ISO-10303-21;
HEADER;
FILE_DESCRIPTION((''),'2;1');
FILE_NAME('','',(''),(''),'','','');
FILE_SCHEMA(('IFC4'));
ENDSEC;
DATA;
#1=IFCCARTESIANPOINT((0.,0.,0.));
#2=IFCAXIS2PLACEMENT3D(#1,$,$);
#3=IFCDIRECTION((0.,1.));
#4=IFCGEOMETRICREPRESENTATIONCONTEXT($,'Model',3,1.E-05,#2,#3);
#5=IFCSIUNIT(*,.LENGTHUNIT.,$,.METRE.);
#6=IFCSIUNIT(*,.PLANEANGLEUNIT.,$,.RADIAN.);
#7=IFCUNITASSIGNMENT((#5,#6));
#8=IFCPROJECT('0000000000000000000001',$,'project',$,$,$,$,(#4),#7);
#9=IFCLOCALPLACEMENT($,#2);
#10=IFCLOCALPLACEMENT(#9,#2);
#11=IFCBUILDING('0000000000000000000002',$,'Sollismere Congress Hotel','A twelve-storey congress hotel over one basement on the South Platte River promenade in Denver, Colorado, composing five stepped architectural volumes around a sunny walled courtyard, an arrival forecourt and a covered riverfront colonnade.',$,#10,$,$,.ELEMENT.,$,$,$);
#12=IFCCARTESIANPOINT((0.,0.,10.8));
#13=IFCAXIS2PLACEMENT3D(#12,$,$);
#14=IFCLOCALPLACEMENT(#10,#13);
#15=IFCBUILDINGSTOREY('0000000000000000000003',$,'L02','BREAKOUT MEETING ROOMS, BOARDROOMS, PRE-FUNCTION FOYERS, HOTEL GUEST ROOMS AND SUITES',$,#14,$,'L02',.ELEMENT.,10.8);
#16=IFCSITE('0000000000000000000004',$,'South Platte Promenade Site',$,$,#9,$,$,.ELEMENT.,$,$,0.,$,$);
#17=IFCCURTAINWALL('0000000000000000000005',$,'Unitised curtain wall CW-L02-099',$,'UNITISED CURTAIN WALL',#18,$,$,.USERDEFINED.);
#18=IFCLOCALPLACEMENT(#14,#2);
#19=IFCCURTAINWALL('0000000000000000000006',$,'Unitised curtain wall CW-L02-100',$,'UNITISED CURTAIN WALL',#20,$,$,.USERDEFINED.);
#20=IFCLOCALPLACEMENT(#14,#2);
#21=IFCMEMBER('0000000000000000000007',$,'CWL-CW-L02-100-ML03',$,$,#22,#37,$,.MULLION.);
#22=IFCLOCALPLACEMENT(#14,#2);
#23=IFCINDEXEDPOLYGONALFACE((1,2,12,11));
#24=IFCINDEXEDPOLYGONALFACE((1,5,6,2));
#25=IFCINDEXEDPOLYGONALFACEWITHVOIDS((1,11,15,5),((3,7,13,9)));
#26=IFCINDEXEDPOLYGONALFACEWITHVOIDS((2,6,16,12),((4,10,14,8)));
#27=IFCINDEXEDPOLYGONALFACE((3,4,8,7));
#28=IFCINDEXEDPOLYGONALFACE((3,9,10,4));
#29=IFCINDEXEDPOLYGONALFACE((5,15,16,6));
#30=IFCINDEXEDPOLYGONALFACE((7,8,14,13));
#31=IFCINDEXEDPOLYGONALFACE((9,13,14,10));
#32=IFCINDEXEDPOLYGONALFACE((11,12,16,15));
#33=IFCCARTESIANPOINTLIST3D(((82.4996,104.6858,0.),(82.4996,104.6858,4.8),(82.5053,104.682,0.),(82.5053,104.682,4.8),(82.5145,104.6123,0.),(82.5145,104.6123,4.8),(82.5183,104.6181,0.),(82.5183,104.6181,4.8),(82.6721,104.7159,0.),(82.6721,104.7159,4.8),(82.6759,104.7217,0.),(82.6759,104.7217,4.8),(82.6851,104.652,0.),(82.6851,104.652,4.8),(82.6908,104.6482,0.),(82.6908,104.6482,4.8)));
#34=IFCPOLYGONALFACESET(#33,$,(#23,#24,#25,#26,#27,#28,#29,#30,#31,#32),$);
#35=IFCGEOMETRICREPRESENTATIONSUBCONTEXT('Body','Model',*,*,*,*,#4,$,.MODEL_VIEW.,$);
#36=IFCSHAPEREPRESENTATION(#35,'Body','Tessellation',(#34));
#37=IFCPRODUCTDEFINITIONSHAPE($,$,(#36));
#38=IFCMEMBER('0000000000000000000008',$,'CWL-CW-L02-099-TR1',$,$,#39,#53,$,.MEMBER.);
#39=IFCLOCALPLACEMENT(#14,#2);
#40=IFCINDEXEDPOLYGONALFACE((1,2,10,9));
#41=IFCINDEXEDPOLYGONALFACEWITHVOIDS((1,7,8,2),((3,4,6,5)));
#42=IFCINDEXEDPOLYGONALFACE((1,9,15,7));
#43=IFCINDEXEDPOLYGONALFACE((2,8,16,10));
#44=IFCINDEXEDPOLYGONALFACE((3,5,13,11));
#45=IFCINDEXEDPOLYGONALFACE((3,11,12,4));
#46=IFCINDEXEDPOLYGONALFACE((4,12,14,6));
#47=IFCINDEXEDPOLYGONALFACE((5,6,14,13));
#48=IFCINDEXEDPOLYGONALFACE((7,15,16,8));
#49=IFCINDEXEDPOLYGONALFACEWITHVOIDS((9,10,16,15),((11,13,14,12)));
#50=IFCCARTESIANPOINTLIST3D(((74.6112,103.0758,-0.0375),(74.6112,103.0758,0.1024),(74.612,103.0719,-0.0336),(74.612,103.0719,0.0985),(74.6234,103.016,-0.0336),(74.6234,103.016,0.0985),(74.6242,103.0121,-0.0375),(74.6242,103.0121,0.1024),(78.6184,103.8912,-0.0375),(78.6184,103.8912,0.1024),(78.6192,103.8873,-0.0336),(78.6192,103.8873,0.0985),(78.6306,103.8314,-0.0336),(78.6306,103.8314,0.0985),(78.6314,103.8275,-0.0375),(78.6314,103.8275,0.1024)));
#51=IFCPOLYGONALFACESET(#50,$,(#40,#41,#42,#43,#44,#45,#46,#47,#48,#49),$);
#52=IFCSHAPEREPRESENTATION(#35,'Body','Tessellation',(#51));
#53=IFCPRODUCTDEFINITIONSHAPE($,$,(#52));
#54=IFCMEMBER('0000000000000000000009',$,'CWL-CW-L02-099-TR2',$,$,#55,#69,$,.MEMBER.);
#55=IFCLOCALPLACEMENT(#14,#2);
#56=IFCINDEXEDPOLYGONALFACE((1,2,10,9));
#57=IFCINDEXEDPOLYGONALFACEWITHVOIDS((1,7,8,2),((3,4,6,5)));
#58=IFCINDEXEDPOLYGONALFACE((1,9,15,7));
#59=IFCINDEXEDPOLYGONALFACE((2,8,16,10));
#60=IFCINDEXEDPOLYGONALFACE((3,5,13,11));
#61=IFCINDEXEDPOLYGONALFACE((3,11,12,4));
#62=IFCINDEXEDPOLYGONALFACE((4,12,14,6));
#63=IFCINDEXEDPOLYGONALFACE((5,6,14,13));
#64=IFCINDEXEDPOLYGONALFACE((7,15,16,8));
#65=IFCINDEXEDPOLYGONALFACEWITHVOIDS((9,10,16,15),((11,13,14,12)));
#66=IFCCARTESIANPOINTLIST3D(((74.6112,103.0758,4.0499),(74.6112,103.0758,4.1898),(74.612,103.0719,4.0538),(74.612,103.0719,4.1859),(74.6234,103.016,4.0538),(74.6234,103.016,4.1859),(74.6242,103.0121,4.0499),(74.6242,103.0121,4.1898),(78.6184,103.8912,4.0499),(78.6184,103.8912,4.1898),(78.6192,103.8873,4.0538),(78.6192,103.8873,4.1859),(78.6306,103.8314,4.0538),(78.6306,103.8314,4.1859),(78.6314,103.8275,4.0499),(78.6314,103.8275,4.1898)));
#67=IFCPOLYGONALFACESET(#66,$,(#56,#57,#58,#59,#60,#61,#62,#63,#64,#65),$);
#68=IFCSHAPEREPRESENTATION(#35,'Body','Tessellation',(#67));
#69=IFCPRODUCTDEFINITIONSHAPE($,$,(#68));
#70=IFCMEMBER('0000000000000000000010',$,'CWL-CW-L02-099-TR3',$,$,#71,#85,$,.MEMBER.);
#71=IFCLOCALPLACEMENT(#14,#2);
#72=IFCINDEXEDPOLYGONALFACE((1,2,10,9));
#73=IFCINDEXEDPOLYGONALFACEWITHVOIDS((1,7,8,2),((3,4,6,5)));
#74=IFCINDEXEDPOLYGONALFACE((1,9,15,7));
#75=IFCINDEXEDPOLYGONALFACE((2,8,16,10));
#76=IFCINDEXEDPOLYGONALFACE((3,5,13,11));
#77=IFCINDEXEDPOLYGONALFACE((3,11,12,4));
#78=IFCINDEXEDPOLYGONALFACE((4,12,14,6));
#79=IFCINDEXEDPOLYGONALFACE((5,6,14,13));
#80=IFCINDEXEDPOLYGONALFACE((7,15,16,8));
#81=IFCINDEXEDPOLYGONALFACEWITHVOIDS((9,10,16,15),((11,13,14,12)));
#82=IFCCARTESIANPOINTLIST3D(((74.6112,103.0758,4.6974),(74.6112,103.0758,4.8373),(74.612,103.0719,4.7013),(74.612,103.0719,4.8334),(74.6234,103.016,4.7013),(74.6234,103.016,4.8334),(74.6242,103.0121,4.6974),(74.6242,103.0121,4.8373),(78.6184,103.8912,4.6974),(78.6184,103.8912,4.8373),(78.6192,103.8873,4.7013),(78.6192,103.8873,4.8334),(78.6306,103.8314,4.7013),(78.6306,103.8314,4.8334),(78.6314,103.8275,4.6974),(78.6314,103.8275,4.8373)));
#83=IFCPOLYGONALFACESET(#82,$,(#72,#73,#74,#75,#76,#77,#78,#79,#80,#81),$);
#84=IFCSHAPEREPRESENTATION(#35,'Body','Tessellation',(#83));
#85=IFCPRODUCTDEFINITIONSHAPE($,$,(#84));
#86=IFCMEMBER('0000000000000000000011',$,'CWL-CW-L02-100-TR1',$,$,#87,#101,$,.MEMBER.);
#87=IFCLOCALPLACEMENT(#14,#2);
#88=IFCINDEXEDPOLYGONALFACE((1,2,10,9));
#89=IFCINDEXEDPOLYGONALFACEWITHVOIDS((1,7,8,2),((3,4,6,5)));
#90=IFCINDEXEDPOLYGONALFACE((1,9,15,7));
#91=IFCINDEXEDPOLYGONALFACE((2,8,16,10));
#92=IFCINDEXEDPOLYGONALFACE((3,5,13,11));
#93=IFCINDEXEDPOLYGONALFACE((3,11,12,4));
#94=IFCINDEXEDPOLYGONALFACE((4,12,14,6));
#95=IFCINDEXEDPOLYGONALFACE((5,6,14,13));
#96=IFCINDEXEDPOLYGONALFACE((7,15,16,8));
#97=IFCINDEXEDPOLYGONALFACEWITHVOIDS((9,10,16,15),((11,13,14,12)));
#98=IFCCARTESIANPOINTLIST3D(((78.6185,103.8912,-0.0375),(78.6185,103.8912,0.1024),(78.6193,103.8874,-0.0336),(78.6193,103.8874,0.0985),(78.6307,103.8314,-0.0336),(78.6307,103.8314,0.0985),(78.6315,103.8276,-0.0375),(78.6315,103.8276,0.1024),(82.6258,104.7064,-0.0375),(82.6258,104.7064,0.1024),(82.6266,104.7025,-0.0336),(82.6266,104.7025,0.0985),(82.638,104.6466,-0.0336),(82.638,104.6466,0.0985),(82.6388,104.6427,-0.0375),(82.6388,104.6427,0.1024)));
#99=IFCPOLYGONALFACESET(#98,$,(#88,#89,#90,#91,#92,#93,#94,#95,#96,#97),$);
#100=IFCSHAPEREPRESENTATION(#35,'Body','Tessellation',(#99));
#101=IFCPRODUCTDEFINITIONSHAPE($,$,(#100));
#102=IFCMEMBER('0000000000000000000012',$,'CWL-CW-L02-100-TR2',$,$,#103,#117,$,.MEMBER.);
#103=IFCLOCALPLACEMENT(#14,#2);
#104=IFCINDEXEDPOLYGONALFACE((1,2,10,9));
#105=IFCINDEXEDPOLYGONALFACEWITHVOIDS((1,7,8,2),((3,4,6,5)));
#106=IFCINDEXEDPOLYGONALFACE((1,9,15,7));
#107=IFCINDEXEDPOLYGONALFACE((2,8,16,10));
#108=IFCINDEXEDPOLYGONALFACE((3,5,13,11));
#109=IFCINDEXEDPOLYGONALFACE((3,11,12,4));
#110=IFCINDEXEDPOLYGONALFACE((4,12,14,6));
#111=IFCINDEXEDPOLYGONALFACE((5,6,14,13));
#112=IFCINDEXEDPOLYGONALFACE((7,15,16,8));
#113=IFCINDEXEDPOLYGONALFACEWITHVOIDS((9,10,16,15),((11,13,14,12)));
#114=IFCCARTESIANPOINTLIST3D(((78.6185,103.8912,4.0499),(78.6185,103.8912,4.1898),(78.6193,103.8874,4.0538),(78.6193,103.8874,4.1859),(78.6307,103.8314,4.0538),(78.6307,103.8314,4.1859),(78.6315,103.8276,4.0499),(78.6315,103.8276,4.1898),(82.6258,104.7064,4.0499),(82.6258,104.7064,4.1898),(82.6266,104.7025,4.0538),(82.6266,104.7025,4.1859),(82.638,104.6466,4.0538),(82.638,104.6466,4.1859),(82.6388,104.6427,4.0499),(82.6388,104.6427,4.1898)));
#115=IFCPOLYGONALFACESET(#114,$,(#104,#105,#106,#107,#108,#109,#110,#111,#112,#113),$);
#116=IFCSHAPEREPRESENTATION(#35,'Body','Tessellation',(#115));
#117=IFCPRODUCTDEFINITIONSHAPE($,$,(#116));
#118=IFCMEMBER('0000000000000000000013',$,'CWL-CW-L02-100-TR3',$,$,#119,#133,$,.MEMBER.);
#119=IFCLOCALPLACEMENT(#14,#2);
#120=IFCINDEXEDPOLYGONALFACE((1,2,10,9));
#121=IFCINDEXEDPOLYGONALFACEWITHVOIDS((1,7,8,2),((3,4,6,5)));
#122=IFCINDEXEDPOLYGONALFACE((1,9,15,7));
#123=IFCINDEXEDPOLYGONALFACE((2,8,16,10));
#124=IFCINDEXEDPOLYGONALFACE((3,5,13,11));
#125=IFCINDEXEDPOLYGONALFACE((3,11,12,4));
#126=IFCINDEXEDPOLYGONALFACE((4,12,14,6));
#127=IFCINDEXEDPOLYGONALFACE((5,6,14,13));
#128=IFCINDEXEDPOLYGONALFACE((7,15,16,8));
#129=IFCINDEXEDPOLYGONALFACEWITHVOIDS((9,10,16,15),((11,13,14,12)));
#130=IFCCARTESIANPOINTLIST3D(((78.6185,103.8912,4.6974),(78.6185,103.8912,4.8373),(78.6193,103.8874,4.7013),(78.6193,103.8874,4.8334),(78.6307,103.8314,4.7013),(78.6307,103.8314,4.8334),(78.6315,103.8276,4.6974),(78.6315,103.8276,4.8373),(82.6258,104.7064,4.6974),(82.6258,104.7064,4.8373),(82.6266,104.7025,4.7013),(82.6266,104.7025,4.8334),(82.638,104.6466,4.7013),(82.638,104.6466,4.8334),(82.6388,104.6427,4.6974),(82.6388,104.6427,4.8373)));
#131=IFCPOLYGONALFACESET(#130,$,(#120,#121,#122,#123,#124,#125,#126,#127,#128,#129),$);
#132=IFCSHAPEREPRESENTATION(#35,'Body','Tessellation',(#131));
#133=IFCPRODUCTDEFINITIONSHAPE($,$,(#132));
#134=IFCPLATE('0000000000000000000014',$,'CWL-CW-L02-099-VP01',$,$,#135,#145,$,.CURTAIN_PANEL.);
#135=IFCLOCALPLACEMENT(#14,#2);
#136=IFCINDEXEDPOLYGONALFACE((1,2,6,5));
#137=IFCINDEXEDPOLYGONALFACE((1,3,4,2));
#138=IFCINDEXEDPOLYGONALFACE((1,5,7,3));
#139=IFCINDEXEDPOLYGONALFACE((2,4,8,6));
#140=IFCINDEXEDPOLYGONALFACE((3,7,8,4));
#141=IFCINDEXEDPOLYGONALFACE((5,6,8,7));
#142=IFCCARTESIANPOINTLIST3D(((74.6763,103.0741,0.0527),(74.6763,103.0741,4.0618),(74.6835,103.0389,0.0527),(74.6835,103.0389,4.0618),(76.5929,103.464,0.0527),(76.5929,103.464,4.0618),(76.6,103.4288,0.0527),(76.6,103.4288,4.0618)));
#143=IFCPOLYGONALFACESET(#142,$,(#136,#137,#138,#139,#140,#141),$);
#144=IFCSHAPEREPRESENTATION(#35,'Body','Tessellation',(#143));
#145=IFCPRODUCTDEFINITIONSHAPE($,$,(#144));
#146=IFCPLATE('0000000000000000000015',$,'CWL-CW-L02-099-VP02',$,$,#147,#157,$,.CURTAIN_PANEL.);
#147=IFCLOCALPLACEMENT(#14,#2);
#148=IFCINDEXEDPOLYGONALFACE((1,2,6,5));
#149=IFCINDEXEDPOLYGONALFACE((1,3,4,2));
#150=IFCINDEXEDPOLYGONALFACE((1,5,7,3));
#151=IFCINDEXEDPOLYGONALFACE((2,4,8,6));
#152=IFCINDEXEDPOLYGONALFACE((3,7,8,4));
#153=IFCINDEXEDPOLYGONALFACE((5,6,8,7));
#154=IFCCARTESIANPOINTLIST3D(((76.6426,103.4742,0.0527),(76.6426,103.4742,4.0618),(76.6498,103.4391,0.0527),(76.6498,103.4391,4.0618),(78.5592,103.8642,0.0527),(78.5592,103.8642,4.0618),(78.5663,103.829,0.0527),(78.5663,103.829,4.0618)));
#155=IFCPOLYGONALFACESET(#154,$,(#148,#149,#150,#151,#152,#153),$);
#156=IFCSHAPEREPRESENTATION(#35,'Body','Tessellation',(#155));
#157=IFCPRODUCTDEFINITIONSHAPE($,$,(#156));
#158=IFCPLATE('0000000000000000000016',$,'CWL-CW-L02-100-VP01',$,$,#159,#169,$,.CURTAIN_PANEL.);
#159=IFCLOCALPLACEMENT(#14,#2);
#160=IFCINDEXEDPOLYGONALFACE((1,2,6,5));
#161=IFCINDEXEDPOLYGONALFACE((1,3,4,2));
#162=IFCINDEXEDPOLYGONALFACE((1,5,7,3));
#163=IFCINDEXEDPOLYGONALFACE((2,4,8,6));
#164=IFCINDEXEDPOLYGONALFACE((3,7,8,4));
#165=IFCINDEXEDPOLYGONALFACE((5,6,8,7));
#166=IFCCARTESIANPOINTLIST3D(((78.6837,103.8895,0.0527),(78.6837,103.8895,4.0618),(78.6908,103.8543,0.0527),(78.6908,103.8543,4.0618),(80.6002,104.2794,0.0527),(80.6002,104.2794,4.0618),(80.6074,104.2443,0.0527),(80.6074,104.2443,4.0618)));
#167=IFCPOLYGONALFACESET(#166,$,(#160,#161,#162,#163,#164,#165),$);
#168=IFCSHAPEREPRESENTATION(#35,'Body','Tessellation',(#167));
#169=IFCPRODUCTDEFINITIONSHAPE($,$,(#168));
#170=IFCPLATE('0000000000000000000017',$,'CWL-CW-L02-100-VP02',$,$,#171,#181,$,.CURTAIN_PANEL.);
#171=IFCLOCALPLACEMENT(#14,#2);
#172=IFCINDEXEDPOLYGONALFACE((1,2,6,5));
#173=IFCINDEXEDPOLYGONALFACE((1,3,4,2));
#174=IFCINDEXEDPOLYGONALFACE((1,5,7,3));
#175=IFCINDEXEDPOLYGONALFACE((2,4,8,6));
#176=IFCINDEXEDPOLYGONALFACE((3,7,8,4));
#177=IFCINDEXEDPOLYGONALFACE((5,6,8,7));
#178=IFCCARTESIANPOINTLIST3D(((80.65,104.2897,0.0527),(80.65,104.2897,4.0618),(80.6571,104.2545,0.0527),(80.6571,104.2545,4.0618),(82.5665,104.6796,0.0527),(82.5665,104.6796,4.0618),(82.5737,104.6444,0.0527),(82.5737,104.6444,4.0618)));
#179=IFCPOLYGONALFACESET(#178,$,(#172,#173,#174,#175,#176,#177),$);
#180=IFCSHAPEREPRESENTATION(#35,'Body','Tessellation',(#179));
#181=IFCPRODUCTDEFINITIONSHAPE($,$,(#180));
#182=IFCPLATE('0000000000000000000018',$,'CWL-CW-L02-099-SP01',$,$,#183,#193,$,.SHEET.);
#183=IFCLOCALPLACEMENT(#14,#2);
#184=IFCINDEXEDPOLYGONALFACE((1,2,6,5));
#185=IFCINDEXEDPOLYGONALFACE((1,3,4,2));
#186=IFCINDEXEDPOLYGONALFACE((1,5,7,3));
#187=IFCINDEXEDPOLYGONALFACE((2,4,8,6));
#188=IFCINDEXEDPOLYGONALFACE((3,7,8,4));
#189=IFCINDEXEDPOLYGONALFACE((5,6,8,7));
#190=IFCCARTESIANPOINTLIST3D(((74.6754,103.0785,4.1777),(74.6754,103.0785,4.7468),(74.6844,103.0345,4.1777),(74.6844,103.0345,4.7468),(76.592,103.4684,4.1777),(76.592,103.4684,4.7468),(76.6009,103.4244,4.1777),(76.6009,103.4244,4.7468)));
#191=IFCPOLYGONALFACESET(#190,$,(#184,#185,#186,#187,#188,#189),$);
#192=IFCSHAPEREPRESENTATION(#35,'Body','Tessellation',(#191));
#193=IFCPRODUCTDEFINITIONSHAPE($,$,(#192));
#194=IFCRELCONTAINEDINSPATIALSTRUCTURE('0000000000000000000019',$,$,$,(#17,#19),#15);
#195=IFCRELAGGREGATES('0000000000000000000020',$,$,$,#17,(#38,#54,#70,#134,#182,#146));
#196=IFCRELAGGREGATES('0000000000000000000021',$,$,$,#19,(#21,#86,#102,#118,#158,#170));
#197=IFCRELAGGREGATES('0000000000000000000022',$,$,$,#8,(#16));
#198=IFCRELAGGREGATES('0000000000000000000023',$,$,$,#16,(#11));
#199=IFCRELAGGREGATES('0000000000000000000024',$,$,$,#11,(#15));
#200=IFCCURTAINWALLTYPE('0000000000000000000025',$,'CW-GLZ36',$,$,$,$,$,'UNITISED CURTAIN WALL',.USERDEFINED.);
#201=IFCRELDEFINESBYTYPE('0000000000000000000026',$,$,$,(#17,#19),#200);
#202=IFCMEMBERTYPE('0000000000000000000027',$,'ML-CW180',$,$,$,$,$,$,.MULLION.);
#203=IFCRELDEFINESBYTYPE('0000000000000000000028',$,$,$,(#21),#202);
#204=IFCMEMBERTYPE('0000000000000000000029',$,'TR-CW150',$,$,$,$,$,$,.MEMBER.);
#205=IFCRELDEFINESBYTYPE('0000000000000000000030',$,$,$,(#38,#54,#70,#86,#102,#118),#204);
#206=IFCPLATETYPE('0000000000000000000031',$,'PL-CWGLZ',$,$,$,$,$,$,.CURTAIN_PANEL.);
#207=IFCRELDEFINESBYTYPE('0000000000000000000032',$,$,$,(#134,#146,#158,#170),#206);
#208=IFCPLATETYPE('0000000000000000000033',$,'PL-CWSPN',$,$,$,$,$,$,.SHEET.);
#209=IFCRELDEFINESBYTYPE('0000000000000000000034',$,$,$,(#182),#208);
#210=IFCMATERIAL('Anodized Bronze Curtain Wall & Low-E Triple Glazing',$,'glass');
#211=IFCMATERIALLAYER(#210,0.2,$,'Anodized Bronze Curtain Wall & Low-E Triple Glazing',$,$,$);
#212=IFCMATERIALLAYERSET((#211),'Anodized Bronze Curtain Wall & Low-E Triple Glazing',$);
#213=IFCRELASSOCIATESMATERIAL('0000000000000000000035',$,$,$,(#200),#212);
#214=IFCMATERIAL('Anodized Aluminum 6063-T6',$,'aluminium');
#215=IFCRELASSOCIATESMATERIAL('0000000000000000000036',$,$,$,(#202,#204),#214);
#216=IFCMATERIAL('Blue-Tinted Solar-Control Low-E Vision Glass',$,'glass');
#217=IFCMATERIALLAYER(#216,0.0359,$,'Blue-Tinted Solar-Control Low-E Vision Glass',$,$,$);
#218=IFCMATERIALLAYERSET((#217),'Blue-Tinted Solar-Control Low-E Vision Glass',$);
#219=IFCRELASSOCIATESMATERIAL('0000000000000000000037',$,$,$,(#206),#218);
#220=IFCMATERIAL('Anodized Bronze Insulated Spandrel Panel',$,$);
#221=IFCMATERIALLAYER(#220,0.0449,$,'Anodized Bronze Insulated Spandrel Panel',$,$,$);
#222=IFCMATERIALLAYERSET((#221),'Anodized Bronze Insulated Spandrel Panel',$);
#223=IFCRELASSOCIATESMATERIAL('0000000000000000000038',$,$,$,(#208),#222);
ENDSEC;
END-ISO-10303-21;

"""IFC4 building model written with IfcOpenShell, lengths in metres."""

from ifc_helpers import new_model, si_unit, direction, frame, origin, origin_2d, place, context, subcontext, project, spatial, rectangle, hollow_rectangle, extrude, material, layer, layer_set, material_profile, profile_set, type_object, element, aggregate, save


model = new_model("IFC4")

# Units and contexts
model_context = context("Model", 3, precision=1e-05, world=origin(), true_north=direction((0.0, 1.0)))
body_context = subcontext(model_context, "Body", "Model", "MODEL_VIEW")
ifc_project = project(units=[si_unit("LENGTHUNIT", "METRE"), si_unit("PLANEANGLEUNIT", "RADIAN")], contexts=[model_context])

# Site, building, storey
site_placement = place(None, origin())
site = spatial("IfcSite", under=ifc_project, at=site_placement, Name="South Platte Promenade Site", CompositionType="ELEMENT", RefElevation=0.0)
building_placement = place(site_placement, origin())
building = spatial("IfcBuilding", under=site, at=building_placement, Name="Sollismere Congress Hotel", Description="A twelve-storey congress hotel over one basement on the South Platte River promenade in Denver, Colorado, composing five stepped architectural volumes around a sunny walled courtyard, an arrival forecourt and a covered riverfront colonnade.", CompositionType="ELEMENT")
storey_placement = place(building_placement, frame((0.0, 0.0, 10.8)))
storey = spatial("IfcBuildingStorey", under=building, at=storey_placement, Name="L02", Description="BREAKOUT MEETING ROOMS, BOARDROOMS, PRE-FUNCTION FOYERS, HOTEL GUEST ROOMS AND SUITES", LongName="L02", CompositionType="ELEMENT", Elevation=10.8)

# Curtain walls, member
ifc_material_1 = material(Name="Anodized Bronze Curtain Wall & Low-E Triple Glazing", Category="glass")
ifc_layer_1 = layer(ifc_material_1, 0.2, Name="Anodized Bronze Curtain Wall & Low-E Triple Glazing")
ifc_layer_set_1 = layer_set([ifc_layer_1], Name="Anodized Bronze Curtain Wall & Low-E Triple Glazing")
curtain_wall_type = type_object("IfcCurtainWallType", Name="CW-GLZ36", ElementType="UNITISED CURTAIN WALL", PredefinedType="USERDEFINED", material=ifc_layer_set_1)
curtain_wall_1_placement = place(storey_placement, origin())
curtain_wall_1 = element("IfcCurtainWall", 1, at=curtain_wall_1_placement, inside=storey, type_object=curtain_wall_type, Name="Unitised curtain wall CW-L02-099", ObjectType="UNITISED CURTAIN WALL", PredefinedType="USERDEFINED")
ifc_material_2 = material(Name="Anodized Aluminum 6063-T6", Category="aluminium")
ifc_material_profile_1 = material_profile(ifc_material_2, hollow_rectangle(XDim=0.075, YDim=0.1799, WallThickness=0.0049, at=origin_2d()), Name="ALU180X75X5")
ifc_profile_set_1 = profile_set([ifc_material_profile_1], Name="Anodized Aluminum 6063-T6")
member_type_1 = type_object("IfcMemberType", Name="ML-CW180", PredefinedType="MULLION", material=ifc_profile_set_1)
curtain_wall_2_placement = place(storey_placement, origin())
curtain_wall_2 = element("IfcCurtainWall", 2, at=curtain_wall_2_placement, inside=storey, type_object=curtain_wall_type, Name="Unitised curtain wall CW-L02-100", ObjectType="UNITISED CURTAIN WALL", PredefinedType="USERDEFINED")
member_1_placement = place(storey_placement, frame((82.5952, 104.667, 0.0), z_axis=(0.0, 0.0, 1.0), x_axis=(-0.199368, 0.979925, 0.0)))
member_1 = element("IfcMember", 3, at=member_1_placement, type_object=member_type_1, Name="CWL-CW-L02-100-ML03", PredefinedType="MULLION", context=body_context, shape_type="SweptSolid", body=[
    extrude(hollow_rectangle(XDim=0.075, YDim=0.1799, WallThickness=0.0049, at=origin_2d()), origin(), (0.0, 0.0, 1.0), 4.8),
])

# Members
ifc_material_profile_2 = material_profile(ifc_material_2, hollow_rectangle(XDim=0.0649, YDim=0.1399, WallThickness=0.0039, at=origin_2d()), Name="ALU140X65X4")
ifc_profile_set_2 = profile_set([ifc_material_profile_2], Name="Anodized Aluminum 6063-T6")
member_type_2 = type_object("IfcMemberType", Name="TR-CW150", PredefinedType="MEMBER", material=ifc_profile_set_2)
member_2_placement = place(storey_placement, frame((74.6177, 103.0439, 0.0325), z_axis=(0.979918, 0.199399, 0.0), x_axis=(-0.199399, 0.979918, 0.0)))
member_2 = element("IfcMember", 4, at=member_2_placement, type_object=member_type_2, Name="CWL-CW-L02-099-TR1", PredefinedType="MEMBER", context=body_context, shape_type="SweptSolid", body=[
    extrude(hollow_rectangle(XDim=0.0649, YDim=0.1399, WallThickness=0.0039, at=origin_2d()), origin(), (0.0, 0.0, 1.0), 4.0894),
])
member_3_placement = place(storey_placement, frame((74.6177, 103.0439, 4.1199), z_axis=(0.979918, 0.199399, 0.0), x_axis=(-0.199399, 0.979918, 0.0)))
member_3 = element("IfcMember", 5, at=member_3_placement, type_object=member_type_2, Name="CWL-CW-L02-099-TR2", PredefinedType="MEMBER", context=body_context, shape_type="SweptSolid", body=[
    extrude(hollow_rectangle(XDim=0.0649, YDim=0.1399, WallThickness=0.0039, at=origin_2d()), origin(), (0.0, 0.0, 1.0), 4.0894),
])
member_4_placement = place(storey_placement, frame((74.6177, 103.0439, 4.7673), z_axis=(0.979918, 0.199399, 0.0), x_axis=(-0.199399, 0.979918, 0.0)))
member_4 = element("IfcMember", 6, at=member_4_placement, type_object=member_type_2, Name="CWL-CW-L02-099-TR3", PredefinedType="MEMBER", context=body_context, shape_type="SweptSolid", body=[
    extrude(hollow_rectangle(XDim=0.0649, YDim=0.1399, WallThickness=0.0039, at=origin_2d()), origin(), (0.0, 0.0, 1.0), 4.0894),
])
member_5_placement = place(storey_placement, frame((78.625, 103.8594, 0.0325), z_axis=(0.97993, 0.199341, 0.0), x_axis=(-0.199341, 0.97993, 0.0)))
member_5 = element("IfcMember", 7, at=member_5_placement, type_object=member_type_2, Name="CWL-CW-L02-100-TR1", PredefinedType="MEMBER", context=body_context, shape_type="SweptSolid", body=[
    extrude(hollow_rectangle(XDim=0.0649, YDim=0.1399, WallThickness=0.0039, at=origin_2d()), origin(), (0.0, 0.0, 1.0), 4.0894),
])
member_6_placement = place(storey_placement, frame((78.625, 103.8594, 4.1199), z_axis=(0.97993, 0.199341, 0.0), x_axis=(-0.199341, 0.97993, 0.0)))
member_6 = element("IfcMember", 8, at=member_6_placement, type_object=member_type_2, Name="CWL-CW-L02-100-TR2", PredefinedType="MEMBER", context=body_context, shape_type="SweptSolid", body=[
    extrude(hollow_rectangle(XDim=0.0649, YDim=0.1399, WallThickness=0.0039, at=origin_2d()), origin(), (0.0, 0.0, 1.0), 4.0894),
])
member_7_placement = place(storey_placement, frame((78.625, 103.8594, 4.7673), z_axis=(0.97993, 0.199341, 0.0), x_axis=(-0.199341, 0.97993, 0.0)))
member_7 = element("IfcMember", 9, at=member_7_placement, type_object=member_type_2, Name="CWL-CW-L02-100-TR3", PredefinedType="MEMBER", context=body_context, shape_type="SweptSolid", body=[
    extrude(hollow_rectangle(XDim=0.0649, YDim=0.1399, WallThickness=0.0039, at=origin_2d()), origin(), (0.0, 0.0, 1.0), 4.0894),
])

# Plates
ifc_material_3 = material(Name="Blue-Tinted Solar-Control Low-E Vision Glass", Category="glass")
ifc_layer_2 = layer(ifc_material_3, 0.0359, Name="Blue-Tinted Solar-Control Low-E Vision Glass")
ifc_layer_set_2 = layer_set([ifc_layer_2], Name="Blue-Tinted Solar-Control Low-E Vision Glass")
plate_type_1 = type_object("IfcPlateType", Name="PL-CWGLZ", PredefinedType="CURTAIN_PANEL", material=ifc_layer_set_2)
plate_1_placement = place(storey_placement, frame((75.6382, 103.2515, 0.0527), z_axis=(0.0, 0.0, 1.0), x_axis=(0.979925, 0.199368, 0.0)))
plate_1 = element("IfcPlate", 10, at=plate_1_placement, type_object=plate_type_1, Name="CWL-CW-L02-099-VP01", PredefinedType="CURTAIN_PANEL", context=body_context, shape_type="SweptSolid", body=[
    extrude(rectangle(XDim=1.9558, YDim=0.0359, at=origin_2d()), origin(), (0.0, 0.0, 1.0), 4.009),
])
plate_2_placement = place(storey_placement, frame((77.6045, 103.6516, 0.0527), z_axis=(0.0, 0.0, 1.0), x_axis=(0.979925, 0.199368, 0.0)))
plate_2 = element("IfcPlate", 11, at=plate_2_placement, type_object=plate_type_1, Name="CWL-CW-L02-099-VP02", PredefinedType="CURTAIN_PANEL", context=body_context, shape_type="SweptSolid", body=[
    extrude(rectangle(XDim=1.9558, YDim=0.0359, at=origin_2d()), origin(), (0.0, 0.0, 1.0), 4.009),
])
plate_3_placement = place(storey_placement, frame((79.6455, 104.0669, 0.0527), z_axis=(0.0, 0.0, 1.0), x_axis=(0.979925, 0.199368, 0.0)))
plate_3 = element("IfcPlate", 12, at=plate_3_placement, type_object=plate_type_1, Name="CWL-CW-L02-100-VP01", PredefinedType="CURTAIN_PANEL", context=body_context, shape_type="SweptSolid", body=[
    extrude(rectangle(XDim=1.9558, YDim=0.0359, at=origin_2d()), origin(), (0.0, 0.0, 1.0), 4.009),
])
plate_4_placement = place(storey_placement, frame((81.6118, 104.467, 0.0527), z_axis=(0.0, 0.0, 1.0), x_axis=(0.979925, 0.199368, 0.0)))
plate_4 = element("IfcPlate", 13, at=plate_4_placement, type_object=plate_type_1, Name="CWL-CW-L02-100-VP02", PredefinedType="CURTAIN_PANEL", context=body_context, shape_type="SweptSolid", body=[
    extrude(rectangle(XDim=1.9558, YDim=0.0359, at=origin_2d()), origin(), (0.0, 0.0, 1.0), 4.009),
])
ifc_material_4 = material(Name="Anodized Bronze Insulated Spandrel Panel")
ifc_layer_3 = layer(ifc_material_4, 0.0449, Name="Anodized Bronze Insulated Spandrel Panel")
ifc_layer_set_3 = layer_set([ifc_layer_3], Name="Anodized Bronze Insulated Spandrel Panel")
plate_type_2 = type_object("IfcPlateType", Name="PL-CWSPN", PredefinedType="SHEET", material=ifc_layer_set_3)
plate_5_placement = place(storey_placement, frame((75.6382, 103.2515, 4.1777), z_axis=(0.0, 0.0, 1.0), x_axis=(0.979925, 0.199368, 0.0)))
plate_5 = element("IfcPlate", 14, at=plate_5_placement, type_object=plate_type_2, Name="CWL-CW-L02-099-SP01", PredefinedType="SHEET", context=body_context, shape_type="SweptSolid", body=[
    extrude(rectangle(XDim=1.9558, YDim=0.0449, at=origin_2d()), origin(), (0.0, 0.0, 1.0), 0.5691),
])
aggregate(curtain_wall_1, [member_2, member_3, member_4, plate_1, plate_5, plate_2])
aggregate(curtain_wall_2, [member_1, member_5, member_6, member_7, plate_3, plate_4])

save(model, "model.ifc")
